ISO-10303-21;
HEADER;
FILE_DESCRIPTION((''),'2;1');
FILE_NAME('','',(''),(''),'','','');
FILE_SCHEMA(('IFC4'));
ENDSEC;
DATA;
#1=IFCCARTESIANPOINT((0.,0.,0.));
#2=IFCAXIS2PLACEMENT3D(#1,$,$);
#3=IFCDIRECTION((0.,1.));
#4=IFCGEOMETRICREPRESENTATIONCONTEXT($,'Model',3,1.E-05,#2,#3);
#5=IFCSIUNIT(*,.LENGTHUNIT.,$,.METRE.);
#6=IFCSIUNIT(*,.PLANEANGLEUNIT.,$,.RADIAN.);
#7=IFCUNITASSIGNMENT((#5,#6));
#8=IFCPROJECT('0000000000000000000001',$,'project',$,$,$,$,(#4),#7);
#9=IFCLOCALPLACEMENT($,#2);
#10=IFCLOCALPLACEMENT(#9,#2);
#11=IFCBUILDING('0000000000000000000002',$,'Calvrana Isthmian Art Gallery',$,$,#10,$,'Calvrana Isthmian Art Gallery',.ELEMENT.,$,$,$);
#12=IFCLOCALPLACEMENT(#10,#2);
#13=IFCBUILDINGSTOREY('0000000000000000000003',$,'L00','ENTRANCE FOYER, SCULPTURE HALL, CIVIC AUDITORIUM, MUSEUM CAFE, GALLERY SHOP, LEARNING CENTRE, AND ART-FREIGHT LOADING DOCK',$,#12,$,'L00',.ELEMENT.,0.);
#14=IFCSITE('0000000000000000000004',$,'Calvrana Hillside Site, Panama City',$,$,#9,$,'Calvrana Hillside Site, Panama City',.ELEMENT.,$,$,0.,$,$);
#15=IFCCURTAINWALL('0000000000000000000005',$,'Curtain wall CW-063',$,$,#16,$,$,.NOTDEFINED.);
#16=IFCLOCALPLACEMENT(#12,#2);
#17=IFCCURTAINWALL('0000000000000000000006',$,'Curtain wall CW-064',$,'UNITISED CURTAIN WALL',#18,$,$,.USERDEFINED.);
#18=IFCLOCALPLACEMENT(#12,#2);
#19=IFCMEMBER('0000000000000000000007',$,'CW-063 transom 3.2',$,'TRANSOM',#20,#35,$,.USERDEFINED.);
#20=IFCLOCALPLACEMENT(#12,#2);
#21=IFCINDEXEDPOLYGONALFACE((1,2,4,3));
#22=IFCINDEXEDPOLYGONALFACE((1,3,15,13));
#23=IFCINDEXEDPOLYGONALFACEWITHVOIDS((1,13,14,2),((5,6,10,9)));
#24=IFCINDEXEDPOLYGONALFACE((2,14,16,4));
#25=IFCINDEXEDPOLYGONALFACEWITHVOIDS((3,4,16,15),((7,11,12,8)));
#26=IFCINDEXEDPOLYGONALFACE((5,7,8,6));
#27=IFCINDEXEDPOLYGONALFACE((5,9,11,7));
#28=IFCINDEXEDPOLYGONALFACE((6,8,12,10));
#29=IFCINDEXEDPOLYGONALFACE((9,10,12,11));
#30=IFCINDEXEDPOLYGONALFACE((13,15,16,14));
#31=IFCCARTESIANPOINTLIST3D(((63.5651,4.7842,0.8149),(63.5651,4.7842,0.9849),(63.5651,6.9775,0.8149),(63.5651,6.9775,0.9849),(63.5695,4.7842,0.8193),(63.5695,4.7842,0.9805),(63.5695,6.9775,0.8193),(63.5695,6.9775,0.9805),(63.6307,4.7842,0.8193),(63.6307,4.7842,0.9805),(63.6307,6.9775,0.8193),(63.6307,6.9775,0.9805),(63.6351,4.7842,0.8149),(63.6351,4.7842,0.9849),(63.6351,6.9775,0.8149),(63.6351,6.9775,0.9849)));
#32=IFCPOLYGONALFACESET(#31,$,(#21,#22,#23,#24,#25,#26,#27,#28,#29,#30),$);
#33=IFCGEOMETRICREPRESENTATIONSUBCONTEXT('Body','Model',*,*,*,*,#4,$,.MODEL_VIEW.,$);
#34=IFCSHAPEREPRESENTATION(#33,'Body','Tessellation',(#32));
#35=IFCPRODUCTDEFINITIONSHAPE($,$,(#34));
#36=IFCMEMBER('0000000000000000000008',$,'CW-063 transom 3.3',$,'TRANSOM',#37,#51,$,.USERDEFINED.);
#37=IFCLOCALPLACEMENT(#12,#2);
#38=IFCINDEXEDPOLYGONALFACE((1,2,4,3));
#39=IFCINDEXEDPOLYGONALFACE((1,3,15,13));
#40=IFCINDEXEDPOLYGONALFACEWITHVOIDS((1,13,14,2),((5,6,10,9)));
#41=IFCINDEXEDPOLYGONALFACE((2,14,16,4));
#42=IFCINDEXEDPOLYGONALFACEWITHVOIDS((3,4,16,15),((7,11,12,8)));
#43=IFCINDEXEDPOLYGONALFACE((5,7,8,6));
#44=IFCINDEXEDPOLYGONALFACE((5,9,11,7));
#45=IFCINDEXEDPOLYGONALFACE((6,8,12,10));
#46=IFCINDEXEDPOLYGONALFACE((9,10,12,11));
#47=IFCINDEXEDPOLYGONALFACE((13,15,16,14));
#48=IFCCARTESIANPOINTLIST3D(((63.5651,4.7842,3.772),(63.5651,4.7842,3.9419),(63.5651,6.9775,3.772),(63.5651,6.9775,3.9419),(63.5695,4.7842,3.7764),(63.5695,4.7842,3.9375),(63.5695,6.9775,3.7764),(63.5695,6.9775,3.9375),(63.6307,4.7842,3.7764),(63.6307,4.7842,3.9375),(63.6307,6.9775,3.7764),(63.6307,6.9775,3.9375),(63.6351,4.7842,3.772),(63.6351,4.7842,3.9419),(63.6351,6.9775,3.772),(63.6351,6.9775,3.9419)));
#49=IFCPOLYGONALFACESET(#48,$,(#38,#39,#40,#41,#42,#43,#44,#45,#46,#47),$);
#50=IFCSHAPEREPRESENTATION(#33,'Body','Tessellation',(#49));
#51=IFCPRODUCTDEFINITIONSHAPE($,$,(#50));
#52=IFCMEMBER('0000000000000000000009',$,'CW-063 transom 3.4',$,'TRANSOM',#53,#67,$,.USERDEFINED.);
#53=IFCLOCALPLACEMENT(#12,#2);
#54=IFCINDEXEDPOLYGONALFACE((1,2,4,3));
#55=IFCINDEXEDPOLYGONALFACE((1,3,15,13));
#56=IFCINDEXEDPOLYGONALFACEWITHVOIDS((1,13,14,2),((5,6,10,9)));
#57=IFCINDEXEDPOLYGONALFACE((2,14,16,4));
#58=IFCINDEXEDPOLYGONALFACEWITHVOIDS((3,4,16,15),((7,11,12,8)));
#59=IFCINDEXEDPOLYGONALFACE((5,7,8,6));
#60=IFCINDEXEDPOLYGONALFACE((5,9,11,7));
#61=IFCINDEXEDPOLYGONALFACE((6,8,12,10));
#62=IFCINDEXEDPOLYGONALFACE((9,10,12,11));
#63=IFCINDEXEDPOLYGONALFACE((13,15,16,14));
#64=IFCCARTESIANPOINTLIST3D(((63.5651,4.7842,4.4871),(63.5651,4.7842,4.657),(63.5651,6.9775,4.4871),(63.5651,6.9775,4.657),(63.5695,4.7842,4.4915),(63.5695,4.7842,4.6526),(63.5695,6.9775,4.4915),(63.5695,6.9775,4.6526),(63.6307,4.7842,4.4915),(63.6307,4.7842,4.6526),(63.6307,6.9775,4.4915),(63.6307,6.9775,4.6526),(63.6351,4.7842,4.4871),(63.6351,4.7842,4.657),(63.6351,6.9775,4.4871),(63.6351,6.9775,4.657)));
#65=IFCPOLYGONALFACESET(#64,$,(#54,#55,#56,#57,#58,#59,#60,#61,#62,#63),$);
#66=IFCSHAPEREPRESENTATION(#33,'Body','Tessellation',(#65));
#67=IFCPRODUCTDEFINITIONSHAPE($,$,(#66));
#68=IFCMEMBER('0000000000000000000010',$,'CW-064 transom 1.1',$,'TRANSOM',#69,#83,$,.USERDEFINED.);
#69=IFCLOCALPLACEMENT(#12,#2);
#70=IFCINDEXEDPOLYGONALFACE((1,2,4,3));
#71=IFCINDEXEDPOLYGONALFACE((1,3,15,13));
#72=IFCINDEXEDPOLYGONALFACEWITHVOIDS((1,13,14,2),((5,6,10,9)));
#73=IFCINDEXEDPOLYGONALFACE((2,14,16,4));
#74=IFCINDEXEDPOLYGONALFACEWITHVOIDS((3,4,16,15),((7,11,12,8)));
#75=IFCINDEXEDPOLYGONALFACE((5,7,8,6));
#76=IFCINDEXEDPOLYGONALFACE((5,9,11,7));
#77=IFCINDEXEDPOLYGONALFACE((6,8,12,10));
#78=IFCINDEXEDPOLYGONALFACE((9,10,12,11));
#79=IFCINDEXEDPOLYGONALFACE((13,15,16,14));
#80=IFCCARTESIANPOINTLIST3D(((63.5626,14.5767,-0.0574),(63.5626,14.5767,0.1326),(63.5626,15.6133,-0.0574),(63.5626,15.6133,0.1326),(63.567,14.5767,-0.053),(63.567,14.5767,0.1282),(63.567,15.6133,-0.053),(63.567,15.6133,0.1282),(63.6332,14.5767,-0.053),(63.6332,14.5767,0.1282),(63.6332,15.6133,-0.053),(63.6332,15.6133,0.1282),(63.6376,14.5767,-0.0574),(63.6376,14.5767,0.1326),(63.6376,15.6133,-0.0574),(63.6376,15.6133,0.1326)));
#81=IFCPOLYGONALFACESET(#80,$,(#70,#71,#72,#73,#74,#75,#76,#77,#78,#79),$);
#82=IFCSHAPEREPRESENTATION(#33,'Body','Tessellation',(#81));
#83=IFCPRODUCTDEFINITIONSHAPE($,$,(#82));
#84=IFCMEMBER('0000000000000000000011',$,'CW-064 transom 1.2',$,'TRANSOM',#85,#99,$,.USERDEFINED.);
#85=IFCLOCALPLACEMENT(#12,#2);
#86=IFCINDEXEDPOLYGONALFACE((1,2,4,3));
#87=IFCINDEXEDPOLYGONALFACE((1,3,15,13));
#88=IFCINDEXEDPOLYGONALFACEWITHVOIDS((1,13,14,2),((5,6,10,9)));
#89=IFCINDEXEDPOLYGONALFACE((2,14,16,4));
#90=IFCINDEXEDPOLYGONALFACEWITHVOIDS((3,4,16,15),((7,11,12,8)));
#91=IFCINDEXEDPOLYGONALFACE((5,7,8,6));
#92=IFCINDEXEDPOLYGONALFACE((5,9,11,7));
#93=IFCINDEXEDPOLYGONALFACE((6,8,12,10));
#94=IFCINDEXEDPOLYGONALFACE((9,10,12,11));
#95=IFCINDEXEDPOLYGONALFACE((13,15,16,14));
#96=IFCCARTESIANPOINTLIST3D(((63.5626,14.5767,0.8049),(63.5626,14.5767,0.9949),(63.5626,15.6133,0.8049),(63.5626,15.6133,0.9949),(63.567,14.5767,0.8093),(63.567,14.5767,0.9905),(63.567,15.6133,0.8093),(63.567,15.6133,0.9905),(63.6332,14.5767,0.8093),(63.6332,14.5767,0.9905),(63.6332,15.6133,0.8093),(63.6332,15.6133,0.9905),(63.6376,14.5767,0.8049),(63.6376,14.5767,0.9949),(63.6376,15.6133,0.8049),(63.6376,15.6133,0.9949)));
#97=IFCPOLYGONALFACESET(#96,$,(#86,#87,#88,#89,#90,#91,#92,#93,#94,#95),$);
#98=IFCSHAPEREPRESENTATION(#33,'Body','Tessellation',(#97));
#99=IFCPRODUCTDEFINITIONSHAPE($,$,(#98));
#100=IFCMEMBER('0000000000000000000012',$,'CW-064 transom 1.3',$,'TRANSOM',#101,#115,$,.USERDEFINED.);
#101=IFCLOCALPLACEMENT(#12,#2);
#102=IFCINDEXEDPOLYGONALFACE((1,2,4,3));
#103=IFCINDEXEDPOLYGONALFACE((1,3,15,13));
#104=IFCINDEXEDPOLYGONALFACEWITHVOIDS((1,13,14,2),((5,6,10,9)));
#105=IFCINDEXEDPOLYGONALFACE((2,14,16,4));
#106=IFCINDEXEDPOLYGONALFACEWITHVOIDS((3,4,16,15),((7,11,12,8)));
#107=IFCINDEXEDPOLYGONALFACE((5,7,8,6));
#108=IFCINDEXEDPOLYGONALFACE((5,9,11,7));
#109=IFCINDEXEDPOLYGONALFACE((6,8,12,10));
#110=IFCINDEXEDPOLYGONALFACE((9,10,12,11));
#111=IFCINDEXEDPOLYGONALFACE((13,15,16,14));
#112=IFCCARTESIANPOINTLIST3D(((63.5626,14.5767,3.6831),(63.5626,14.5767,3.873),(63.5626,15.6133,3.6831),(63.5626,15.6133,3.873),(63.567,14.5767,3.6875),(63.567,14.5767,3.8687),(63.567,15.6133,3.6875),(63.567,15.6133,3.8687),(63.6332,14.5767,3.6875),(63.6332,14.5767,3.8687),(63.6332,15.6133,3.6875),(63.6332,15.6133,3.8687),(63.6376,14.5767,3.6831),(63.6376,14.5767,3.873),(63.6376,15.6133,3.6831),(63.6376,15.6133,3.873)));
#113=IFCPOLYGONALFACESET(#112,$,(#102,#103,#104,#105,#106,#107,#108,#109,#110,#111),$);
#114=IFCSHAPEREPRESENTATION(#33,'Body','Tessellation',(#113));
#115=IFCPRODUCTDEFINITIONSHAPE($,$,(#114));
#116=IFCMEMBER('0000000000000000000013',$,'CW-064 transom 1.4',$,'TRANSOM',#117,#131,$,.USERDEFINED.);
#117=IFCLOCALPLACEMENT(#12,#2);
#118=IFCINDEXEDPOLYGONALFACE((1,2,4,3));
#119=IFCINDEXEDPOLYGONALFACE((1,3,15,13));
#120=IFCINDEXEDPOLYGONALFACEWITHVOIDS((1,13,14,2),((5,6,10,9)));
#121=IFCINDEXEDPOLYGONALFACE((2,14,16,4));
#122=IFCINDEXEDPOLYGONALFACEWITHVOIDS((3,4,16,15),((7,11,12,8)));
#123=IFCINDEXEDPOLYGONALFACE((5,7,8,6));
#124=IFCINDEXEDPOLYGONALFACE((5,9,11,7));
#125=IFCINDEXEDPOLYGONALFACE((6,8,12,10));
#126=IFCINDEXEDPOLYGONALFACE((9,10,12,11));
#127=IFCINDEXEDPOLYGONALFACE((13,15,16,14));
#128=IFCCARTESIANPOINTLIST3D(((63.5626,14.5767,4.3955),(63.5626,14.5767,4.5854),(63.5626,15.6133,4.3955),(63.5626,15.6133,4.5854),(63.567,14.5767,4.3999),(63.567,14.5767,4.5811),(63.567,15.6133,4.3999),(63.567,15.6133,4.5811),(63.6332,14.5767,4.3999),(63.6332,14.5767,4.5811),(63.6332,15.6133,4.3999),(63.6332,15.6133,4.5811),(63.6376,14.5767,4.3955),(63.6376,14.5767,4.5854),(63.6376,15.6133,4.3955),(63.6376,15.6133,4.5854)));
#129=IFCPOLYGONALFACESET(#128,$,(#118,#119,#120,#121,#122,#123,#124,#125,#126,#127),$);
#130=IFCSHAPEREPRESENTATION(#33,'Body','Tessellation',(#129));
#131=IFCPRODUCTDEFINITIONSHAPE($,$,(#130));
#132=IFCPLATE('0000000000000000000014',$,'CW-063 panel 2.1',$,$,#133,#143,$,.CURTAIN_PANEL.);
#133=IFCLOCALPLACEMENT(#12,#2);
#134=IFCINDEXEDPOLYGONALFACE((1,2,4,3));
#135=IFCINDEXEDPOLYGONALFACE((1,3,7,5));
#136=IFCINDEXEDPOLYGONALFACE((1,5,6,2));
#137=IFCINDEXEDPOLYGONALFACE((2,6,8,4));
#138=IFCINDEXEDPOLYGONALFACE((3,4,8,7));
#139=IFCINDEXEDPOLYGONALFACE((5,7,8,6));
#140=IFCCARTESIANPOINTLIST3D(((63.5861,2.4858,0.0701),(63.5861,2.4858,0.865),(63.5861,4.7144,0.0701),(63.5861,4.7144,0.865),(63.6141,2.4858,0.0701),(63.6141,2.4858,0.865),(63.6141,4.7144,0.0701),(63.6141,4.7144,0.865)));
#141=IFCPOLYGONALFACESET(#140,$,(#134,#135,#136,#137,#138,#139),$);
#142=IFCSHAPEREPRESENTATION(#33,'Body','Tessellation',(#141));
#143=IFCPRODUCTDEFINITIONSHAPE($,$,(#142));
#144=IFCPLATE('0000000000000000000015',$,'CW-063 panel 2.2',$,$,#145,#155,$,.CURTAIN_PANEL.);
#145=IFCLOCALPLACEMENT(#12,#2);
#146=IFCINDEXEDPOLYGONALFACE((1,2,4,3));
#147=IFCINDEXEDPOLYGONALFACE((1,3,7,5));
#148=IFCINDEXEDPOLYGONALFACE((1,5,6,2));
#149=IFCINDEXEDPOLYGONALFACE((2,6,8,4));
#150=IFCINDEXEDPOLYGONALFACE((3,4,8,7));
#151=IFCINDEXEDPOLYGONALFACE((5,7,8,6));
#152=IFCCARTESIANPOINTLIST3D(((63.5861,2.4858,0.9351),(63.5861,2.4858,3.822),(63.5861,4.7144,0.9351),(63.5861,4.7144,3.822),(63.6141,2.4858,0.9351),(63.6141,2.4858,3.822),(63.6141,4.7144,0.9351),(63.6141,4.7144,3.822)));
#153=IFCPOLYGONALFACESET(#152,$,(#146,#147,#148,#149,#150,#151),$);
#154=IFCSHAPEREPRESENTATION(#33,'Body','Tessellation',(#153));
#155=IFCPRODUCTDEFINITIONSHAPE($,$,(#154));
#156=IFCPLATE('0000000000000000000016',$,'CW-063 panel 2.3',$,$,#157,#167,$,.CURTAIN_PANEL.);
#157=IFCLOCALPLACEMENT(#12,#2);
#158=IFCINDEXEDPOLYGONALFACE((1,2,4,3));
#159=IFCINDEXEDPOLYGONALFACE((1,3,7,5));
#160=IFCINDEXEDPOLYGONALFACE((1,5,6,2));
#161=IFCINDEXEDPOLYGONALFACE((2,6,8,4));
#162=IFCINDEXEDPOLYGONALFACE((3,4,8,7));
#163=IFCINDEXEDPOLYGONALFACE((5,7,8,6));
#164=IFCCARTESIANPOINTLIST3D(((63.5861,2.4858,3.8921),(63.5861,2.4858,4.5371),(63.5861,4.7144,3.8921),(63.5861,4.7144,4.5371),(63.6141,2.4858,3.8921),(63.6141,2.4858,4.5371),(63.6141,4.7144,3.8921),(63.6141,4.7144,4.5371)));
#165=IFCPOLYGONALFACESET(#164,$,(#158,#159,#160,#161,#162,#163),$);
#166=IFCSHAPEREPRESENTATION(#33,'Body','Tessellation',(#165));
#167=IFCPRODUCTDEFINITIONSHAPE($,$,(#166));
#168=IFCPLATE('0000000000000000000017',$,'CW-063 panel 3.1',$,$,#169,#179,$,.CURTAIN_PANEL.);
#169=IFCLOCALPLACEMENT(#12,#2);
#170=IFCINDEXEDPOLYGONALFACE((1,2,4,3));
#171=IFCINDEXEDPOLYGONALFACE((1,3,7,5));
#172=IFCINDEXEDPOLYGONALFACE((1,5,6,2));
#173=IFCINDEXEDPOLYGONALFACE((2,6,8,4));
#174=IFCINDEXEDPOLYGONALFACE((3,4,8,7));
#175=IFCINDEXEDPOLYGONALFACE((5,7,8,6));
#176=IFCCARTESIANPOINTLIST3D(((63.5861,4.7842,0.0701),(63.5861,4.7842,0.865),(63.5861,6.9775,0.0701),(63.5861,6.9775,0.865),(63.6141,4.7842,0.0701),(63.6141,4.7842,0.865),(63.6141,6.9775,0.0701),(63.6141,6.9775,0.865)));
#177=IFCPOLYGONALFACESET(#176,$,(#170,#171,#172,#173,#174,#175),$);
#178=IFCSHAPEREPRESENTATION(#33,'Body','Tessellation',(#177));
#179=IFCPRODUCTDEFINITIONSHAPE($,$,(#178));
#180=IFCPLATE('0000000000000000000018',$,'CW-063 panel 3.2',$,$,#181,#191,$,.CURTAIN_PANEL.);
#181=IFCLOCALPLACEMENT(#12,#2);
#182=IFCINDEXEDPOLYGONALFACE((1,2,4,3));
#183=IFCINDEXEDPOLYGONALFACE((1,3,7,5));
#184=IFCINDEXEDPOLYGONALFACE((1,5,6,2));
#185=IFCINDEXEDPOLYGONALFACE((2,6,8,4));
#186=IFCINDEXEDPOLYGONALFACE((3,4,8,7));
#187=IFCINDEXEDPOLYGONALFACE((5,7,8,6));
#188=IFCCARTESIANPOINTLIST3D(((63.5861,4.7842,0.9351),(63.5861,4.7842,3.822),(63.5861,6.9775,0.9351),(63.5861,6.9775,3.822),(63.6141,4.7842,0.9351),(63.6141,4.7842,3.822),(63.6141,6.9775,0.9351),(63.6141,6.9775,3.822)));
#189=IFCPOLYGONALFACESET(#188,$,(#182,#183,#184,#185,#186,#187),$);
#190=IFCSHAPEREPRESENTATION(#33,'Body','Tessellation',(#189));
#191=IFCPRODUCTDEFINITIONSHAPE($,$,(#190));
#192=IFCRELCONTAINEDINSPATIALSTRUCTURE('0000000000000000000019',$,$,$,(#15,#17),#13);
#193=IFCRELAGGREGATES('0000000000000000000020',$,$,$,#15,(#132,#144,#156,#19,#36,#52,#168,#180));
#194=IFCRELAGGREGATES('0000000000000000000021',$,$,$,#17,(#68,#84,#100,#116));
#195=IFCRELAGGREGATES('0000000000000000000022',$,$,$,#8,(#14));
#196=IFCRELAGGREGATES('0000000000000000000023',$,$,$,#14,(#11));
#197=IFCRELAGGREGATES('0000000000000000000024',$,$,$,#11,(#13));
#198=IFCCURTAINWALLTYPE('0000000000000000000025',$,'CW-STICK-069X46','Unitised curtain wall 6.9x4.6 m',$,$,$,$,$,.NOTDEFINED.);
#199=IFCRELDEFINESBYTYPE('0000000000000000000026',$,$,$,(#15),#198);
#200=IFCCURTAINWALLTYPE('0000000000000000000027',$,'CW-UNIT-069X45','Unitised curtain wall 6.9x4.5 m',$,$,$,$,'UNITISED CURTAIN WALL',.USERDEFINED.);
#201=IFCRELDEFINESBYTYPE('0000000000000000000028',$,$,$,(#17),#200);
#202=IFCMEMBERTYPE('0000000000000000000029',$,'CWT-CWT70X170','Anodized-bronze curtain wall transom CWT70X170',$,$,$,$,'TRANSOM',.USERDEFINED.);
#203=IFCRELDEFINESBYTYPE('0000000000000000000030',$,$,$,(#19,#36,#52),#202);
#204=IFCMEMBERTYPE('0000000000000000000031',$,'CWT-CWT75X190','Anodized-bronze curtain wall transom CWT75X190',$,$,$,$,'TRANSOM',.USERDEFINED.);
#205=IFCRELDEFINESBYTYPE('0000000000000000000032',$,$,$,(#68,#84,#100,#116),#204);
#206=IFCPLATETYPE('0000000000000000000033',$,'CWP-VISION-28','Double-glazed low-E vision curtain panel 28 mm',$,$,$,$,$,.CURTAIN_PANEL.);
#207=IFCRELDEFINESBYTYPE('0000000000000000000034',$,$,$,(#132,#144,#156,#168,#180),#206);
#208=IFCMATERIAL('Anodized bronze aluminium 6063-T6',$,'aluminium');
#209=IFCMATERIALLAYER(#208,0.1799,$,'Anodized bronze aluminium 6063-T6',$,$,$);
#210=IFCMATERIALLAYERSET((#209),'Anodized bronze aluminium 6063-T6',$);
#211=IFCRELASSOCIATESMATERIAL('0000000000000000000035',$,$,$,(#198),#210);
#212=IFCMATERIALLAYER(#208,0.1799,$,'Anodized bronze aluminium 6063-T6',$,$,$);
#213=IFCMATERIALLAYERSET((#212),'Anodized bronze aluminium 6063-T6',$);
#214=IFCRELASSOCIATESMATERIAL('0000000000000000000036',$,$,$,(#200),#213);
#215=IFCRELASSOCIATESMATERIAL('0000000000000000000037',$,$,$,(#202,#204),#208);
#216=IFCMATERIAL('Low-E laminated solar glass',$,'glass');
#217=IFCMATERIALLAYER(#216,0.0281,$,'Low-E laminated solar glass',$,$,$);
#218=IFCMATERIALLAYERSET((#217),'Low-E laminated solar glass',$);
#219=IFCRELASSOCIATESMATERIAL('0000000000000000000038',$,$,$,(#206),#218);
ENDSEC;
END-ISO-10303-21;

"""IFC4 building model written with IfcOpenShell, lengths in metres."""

from ifc_helpers import new_model, si_unit, direction, frame, origin, origin_2d, place, context, subcontext, project, spatial, rectangle, hollow_rectangle, extrude, material, layer, layer_set, material_profile, profile_set, type_object, element, aggregate, save


model = new_model("IFC4")

# Units and contexts
model_context = context("Model", 3, precision=1e-05, world=origin(), true_north=direction((0.0, 1.0)))
body_context = subcontext(model_context, "Body", "Model", "MODEL_VIEW")
ifc_project = project(units=[si_unit("LENGTHUNIT", "METRE"), si_unit("PLANEANGLEUNIT", "RADIAN")], contexts=[model_context])

# Site, building, storey
site_placement = place(None, origin())
site = spatial("IfcSite", under=ifc_project, at=site_placement, Name="Calvrana Hillside Site, Panama City", LongName="Calvrana Hillside Site, Panama City", CompositionType="ELEMENT", RefElevation=0.0)
building_placement = place(site_placement, origin())
building = spatial("IfcBuilding", under=site, at=building_placement, Name="Calvrana Isthmian Art Gallery", LongName="Calvrana Isthmian Art Gallery", CompositionType="ELEMENT")
storey_placement = place(building_placement, origin())
storey = spatial("IfcBuildingStorey", under=building, at=storey_placement, Name="L00", Description="ENTRANCE FOYER, SCULPTURE HALL, CIVIC AUDITORIUM, MUSEUM CAFE, GALLERY SHOP, LEARNING CENTRE, AND ART-FREIGHT LOADING DOCK", LongName="L00", CompositionType="ELEMENT", Elevation=0.0)

# Curtain walls
ifc_material_1 = material(Name="Anodized bronze aluminium 6063-T6", Category="aluminium")
ifc_layer_1 = layer(ifc_material_1, 0.1799, Name="Anodized bronze aluminium 6063-T6")
ifc_layer_set_1 = layer_set([ifc_layer_1], Name="Anodized bronze aluminium 6063-T6")
curtain_wall_type_1 = type_object("IfcCurtainWallType", Name="CW-STICK-069X46", Description="Unitised curtain wall 6.9x4.6 m", PredefinedType="NOTDEFINED", material=ifc_layer_set_1)
curtain_wall_1_placement = place(storey_placement, origin())
curtain_wall_1 = element("IfcCurtainWall", 1, at=curtain_wall_1_placement, inside=storey, type_object=curtain_wall_type_1, Name="Curtain wall CW-063", PredefinedType="NOTDEFINED")
ifc_layer_2 = layer(ifc_material_1, 0.1799, Name="Anodized bronze aluminium 6063-T6")
ifc_layer_set_2 = layer_set([ifc_layer_2], Name="Anodized bronze aluminium 6063-T6")
curtain_wall_type_2 = type_object("IfcCurtainWallType", Name="CW-UNIT-069X45", Description="Unitised curtain wall 6.9x4.5 m", ElementType="UNITISED CURTAIN WALL", PredefinedType="USERDEFINED", material=ifc_layer_set_2)
curtain_wall_2_placement = place(storey_placement, origin())
curtain_wall_2 = element("IfcCurtainWall", 2, at=curtain_wall_2_placement, inside=storey, type_object=curtain_wall_type_2, Name="Curtain wall CW-064", ObjectType="UNITISED CURTAIN WALL", PredefinedType="USERDEFINED")

# Members
ifc_material_profile_1 = material_profile(ifc_material_1, hollow_rectangle(XDim=0.0701, YDim=0.1699, WallThickness=0.0044, at=origin_2d()), Name="CWT70X170")
ifc_profile_set_1 = profile_set([ifc_material_profile_1], Name="Anodized bronze aluminium 6063-T6")
member_type_1 = type_object("IfcMemberType", Name="CWT-CWT70X170", Description="Anodized-bronze curtain wall transom CWT70X170", ElementType="TRANSOM", PredefinedType="USERDEFINED", material=ifc_profile_set_1)
member_1_placement = place(storey_placement, frame((63.6001, 4.7842, 0.8999), z_axis=(0.0, 1.0, 0.0), x_axis=(-1.0, 0.0, 0.0)))
member_1 = element("IfcMember", 3, at=member_1_placement, type_object=member_type_1, Name="CW-063 transom 3.2", ObjectType="TRANSOM", PredefinedType="USERDEFINED", context=body_context, shape_type="SweptSolid", body=[
    extrude(hollow_rectangle(XDim=0.0701, YDim=0.1699, WallThickness=0.0044, at=origin_2d()), origin(), (0.0, 0.0, 1.0), 2.1934),
])
member_2_placement = place(storey_placement, frame((63.6001, 4.7842, 3.8569), z_axis=(0.0, 1.0, 0.0), x_axis=(-1.0, 0.0, 0.0)))
member_2 = element("IfcMember", 4, at=member_2_placement, type_object=member_type_1, Name="CW-063 transom 3.3", ObjectType="TRANSOM", PredefinedType="USERDEFINED", context=body_context, shape_type="SweptSolid", body=[
    extrude(hollow_rectangle(XDim=0.0701, YDim=0.1699, WallThickness=0.0044, at=origin_2d()), origin(), (0.0, 0.0, 1.0), 2.1934),
])
member_3_placement = place(storey_placement, frame((63.6001, 4.7842, 4.572), z_axis=(0.0, 1.0, 0.0), x_axis=(-1.0, 0.0, 0.0)))
member_3 = element("IfcMember", 5, at=member_3_placement, type_object=member_type_1, Name="CW-063 transom 3.4", ObjectType="TRANSOM", PredefinedType="USERDEFINED", context=body_context, shape_type="SweptSolid", body=[
    extrude(hollow_rectangle(XDim=0.0701, YDim=0.1699, WallThickness=0.0044, at=origin_2d()), origin(), (0.0, 0.0, 1.0), 2.1934),
])
ifc_material_profile_2 = material_profile(ifc_material_1, hollow_rectangle(XDim=0.075, YDim=0.1899, WallThickness=0.0044, at=origin_2d()), Name="CWT75X190")
ifc_profile_set_2 = profile_set([ifc_material_profile_2], Name="Anodized bronze aluminium 6063-T6")
member_type_2 = type_object("IfcMemberType", Name="CWT-CWT75X190", Description="Anodized-bronze curtain wall transom CWT75X190", ElementType="TRANSOM", PredefinedType="USERDEFINED", material=ifc_profile_set_2)
member_4_placement = place(storey_placement, frame((63.6001, 14.5767, 0.0376), z_axis=(0.0, 1.0, 0.0), x_axis=(-1.0, 0.0, 0.0)))
member_4 = element("IfcMember", 6, at=member_4_placement, type_object=member_type_2, Name="CW-064 transom 1.1", ObjectType="TRANSOM", PredefinedType="USERDEFINED", context=body_context, shape_type="SweptSolid", body=[
    extrude(hollow_rectangle(XDim=0.075, YDim=0.1899, WallThickness=0.0044, at=origin_2d()), origin(), (0.0, 0.0, 1.0), 1.0366),
])
member_5_placement = place(storey_placement, frame((63.6001, 14.5767, 0.8999), z_axis=(0.0, 1.0, 0.0), x_axis=(-1.0, 0.0, 0.0)))
member_5 = element("IfcMember", 7, at=member_5_placement, type_object=member_type_2, Name="CW-064 transom 1.2", ObjectType="TRANSOM", PredefinedType="USERDEFINED", context=body_context, shape_type="SweptSolid", body=[
    extrude(hollow_rectangle(XDim=0.075, YDim=0.1899, WallThickness=0.0044, at=origin_2d()), origin(), (0.0, 0.0, 1.0), 1.0366),
])
member_6_placement = place(storey_placement, frame((63.6001, 14.5767, 3.7781), z_axis=(0.0, 1.0, 0.0), x_axis=(-1.0, 0.0, 0.0)))
member_6 = element("IfcMember", 8, at=member_6_placement, type_object=member_type_2, Name="CW-064 transom 1.3", ObjectType="TRANSOM", PredefinedType="USERDEFINED", context=body_context, shape_type="SweptSolid", body=[
    extrude(hollow_rectangle(XDim=0.075, YDim=0.1899, WallThickness=0.0044, at=origin_2d()), origin(), (0.0, 0.0, 1.0), 1.0366),
])
member_7_placement = place(storey_placement, frame((63.6001, 14.5767, 4.4905), z_axis=(0.0, 1.0, 0.0), x_axis=(-1.0, 0.0, 0.0)))
member_7 = element("IfcMember", 9, at=member_7_placement, type_object=member_type_2, Name="CW-064 transom 1.4", ObjectType="TRANSOM", PredefinedType="USERDEFINED", context=body_context, shape_type="SweptSolid", body=[
    extrude(hollow_rectangle(XDim=0.075, YDim=0.1899, WallThickness=0.0044, at=origin_2d()), origin(), (0.0, 0.0, 1.0), 1.0366),
])

# Plates
ifc_material_2 = material(Name="Low-E laminated solar glass", Category="glass")
ifc_layer_3 = layer(ifc_material_2, 0.0281, Name="Low-E laminated solar glass")
ifc_layer_set_3 = layer_set([ifc_layer_3], Name="Low-E laminated solar glass")
plate_type_1 = type_object("IfcPlateType", Name="CWP-VISION-28", Description="Double-glazed low-E vision curtain panel 28 mm", PredefinedType="CURTAIN_PANEL", material=ifc_layer_set_3)
plate_1_placement = place(storey_placement, frame((63.6001, 3.6001, 0.0701), z_axis=(0.0, 0.0, 1.0), x_axis=(0.0, 1.0, 0.0)))
plate_1 = element("IfcPlate", 10, at=plate_1_placement, type_object=plate_type_1, Name="CW-063 panel 2.1", PredefinedType="CURTAIN_PANEL", context=body_context, shape_type="SweptSolid", body=[
    extrude(rectangle(XDim=2.2285, YDim=0.0281, at=origin_2d()), origin(), (0.0, 0.0, 1.0), 0.7949),
])
plate_2_placement = place(storey_placement, frame((63.6001, 3.6001, 0.9351), z_axis=(0.0, 0.0, 1.0), x_axis=(0.0, 1.0, 0.0)))
plate_2 = element("IfcPlate", 11, at=plate_2_placement, type_object=plate_type_1, Name="CW-063 panel 2.2", PredefinedType="CURTAIN_PANEL", context=body_context, shape_type="SweptSolid", body=[
    extrude(rectangle(XDim=2.2285, YDim=0.0281, at=origin_2d()), origin(), (0.0, 0.0, 1.0), 2.887),
])
plate_3_placement = place(storey_placement, frame((63.6001, 3.6001, 3.8921), z_axis=(0.0, 0.0, 1.0), x_axis=(0.0, 1.0, 0.0)))
plate_3 = element("IfcPlate", 12, at=plate_3_placement, type_object=plate_type_1, Name="CW-063 panel 2.3", PredefinedType="CURTAIN_PANEL", context=body_context, shape_type="SweptSolid", body=[
    extrude(rectangle(XDim=2.2285, YDim=0.0281, at=origin_2d()), origin(), (0.0, 0.0, 1.0), 0.645),
])
plate_4_placement = place(storey_placement, frame((63.6001, 5.8809, 0.0701), z_axis=(0.0, 0.0, 1.0), x_axis=(0.0, 1.0, 0.0)))
plate_4 = element("IfcPlate", 13, at=plate_4_placement, type_object=plate_type_1, Name="CW-063 panel 3.1", PredefinedType="CURTAIN_PANEL", context=body_context, shape_type="SweptSolid", body=[
    extrude(rectangle(XDim=2.1934, YDim=0.0281, at=origin_2d()), origin(), (0.0, 0.0, 1.0), 0.7949),
])
plate_5_placement = place(storey_placement, frame((63.6001, 5.8809, 0.9351), z_axis=(0.0, 0.0, 1.0), x_axis=(0.0, 1.0, 0.0)))
plate_5 = element("IfcPlate", 14, at=plate_5_placement, type_object=plate_type_1, Name="CW-063 panel 3.2", PredefinedType="CURTAIN_PANEL", context=body_context, shape_type="SweptSolid", body=[
    extrude(rectangle(XDim=2.1934, YDim=0.0281, at=origin_2d()), origin(), (0.0, 0.0, 1.0), 2.887),
])
aggregate(curtain_wall_1, [plate_1, plate_2, plate_3, member_1, member_2, member_3, plate_4, plate_5])
aggregate(curtain_wall_2, [member_4, member_5, member_6, member_7])

save(model, "model.ifc")
